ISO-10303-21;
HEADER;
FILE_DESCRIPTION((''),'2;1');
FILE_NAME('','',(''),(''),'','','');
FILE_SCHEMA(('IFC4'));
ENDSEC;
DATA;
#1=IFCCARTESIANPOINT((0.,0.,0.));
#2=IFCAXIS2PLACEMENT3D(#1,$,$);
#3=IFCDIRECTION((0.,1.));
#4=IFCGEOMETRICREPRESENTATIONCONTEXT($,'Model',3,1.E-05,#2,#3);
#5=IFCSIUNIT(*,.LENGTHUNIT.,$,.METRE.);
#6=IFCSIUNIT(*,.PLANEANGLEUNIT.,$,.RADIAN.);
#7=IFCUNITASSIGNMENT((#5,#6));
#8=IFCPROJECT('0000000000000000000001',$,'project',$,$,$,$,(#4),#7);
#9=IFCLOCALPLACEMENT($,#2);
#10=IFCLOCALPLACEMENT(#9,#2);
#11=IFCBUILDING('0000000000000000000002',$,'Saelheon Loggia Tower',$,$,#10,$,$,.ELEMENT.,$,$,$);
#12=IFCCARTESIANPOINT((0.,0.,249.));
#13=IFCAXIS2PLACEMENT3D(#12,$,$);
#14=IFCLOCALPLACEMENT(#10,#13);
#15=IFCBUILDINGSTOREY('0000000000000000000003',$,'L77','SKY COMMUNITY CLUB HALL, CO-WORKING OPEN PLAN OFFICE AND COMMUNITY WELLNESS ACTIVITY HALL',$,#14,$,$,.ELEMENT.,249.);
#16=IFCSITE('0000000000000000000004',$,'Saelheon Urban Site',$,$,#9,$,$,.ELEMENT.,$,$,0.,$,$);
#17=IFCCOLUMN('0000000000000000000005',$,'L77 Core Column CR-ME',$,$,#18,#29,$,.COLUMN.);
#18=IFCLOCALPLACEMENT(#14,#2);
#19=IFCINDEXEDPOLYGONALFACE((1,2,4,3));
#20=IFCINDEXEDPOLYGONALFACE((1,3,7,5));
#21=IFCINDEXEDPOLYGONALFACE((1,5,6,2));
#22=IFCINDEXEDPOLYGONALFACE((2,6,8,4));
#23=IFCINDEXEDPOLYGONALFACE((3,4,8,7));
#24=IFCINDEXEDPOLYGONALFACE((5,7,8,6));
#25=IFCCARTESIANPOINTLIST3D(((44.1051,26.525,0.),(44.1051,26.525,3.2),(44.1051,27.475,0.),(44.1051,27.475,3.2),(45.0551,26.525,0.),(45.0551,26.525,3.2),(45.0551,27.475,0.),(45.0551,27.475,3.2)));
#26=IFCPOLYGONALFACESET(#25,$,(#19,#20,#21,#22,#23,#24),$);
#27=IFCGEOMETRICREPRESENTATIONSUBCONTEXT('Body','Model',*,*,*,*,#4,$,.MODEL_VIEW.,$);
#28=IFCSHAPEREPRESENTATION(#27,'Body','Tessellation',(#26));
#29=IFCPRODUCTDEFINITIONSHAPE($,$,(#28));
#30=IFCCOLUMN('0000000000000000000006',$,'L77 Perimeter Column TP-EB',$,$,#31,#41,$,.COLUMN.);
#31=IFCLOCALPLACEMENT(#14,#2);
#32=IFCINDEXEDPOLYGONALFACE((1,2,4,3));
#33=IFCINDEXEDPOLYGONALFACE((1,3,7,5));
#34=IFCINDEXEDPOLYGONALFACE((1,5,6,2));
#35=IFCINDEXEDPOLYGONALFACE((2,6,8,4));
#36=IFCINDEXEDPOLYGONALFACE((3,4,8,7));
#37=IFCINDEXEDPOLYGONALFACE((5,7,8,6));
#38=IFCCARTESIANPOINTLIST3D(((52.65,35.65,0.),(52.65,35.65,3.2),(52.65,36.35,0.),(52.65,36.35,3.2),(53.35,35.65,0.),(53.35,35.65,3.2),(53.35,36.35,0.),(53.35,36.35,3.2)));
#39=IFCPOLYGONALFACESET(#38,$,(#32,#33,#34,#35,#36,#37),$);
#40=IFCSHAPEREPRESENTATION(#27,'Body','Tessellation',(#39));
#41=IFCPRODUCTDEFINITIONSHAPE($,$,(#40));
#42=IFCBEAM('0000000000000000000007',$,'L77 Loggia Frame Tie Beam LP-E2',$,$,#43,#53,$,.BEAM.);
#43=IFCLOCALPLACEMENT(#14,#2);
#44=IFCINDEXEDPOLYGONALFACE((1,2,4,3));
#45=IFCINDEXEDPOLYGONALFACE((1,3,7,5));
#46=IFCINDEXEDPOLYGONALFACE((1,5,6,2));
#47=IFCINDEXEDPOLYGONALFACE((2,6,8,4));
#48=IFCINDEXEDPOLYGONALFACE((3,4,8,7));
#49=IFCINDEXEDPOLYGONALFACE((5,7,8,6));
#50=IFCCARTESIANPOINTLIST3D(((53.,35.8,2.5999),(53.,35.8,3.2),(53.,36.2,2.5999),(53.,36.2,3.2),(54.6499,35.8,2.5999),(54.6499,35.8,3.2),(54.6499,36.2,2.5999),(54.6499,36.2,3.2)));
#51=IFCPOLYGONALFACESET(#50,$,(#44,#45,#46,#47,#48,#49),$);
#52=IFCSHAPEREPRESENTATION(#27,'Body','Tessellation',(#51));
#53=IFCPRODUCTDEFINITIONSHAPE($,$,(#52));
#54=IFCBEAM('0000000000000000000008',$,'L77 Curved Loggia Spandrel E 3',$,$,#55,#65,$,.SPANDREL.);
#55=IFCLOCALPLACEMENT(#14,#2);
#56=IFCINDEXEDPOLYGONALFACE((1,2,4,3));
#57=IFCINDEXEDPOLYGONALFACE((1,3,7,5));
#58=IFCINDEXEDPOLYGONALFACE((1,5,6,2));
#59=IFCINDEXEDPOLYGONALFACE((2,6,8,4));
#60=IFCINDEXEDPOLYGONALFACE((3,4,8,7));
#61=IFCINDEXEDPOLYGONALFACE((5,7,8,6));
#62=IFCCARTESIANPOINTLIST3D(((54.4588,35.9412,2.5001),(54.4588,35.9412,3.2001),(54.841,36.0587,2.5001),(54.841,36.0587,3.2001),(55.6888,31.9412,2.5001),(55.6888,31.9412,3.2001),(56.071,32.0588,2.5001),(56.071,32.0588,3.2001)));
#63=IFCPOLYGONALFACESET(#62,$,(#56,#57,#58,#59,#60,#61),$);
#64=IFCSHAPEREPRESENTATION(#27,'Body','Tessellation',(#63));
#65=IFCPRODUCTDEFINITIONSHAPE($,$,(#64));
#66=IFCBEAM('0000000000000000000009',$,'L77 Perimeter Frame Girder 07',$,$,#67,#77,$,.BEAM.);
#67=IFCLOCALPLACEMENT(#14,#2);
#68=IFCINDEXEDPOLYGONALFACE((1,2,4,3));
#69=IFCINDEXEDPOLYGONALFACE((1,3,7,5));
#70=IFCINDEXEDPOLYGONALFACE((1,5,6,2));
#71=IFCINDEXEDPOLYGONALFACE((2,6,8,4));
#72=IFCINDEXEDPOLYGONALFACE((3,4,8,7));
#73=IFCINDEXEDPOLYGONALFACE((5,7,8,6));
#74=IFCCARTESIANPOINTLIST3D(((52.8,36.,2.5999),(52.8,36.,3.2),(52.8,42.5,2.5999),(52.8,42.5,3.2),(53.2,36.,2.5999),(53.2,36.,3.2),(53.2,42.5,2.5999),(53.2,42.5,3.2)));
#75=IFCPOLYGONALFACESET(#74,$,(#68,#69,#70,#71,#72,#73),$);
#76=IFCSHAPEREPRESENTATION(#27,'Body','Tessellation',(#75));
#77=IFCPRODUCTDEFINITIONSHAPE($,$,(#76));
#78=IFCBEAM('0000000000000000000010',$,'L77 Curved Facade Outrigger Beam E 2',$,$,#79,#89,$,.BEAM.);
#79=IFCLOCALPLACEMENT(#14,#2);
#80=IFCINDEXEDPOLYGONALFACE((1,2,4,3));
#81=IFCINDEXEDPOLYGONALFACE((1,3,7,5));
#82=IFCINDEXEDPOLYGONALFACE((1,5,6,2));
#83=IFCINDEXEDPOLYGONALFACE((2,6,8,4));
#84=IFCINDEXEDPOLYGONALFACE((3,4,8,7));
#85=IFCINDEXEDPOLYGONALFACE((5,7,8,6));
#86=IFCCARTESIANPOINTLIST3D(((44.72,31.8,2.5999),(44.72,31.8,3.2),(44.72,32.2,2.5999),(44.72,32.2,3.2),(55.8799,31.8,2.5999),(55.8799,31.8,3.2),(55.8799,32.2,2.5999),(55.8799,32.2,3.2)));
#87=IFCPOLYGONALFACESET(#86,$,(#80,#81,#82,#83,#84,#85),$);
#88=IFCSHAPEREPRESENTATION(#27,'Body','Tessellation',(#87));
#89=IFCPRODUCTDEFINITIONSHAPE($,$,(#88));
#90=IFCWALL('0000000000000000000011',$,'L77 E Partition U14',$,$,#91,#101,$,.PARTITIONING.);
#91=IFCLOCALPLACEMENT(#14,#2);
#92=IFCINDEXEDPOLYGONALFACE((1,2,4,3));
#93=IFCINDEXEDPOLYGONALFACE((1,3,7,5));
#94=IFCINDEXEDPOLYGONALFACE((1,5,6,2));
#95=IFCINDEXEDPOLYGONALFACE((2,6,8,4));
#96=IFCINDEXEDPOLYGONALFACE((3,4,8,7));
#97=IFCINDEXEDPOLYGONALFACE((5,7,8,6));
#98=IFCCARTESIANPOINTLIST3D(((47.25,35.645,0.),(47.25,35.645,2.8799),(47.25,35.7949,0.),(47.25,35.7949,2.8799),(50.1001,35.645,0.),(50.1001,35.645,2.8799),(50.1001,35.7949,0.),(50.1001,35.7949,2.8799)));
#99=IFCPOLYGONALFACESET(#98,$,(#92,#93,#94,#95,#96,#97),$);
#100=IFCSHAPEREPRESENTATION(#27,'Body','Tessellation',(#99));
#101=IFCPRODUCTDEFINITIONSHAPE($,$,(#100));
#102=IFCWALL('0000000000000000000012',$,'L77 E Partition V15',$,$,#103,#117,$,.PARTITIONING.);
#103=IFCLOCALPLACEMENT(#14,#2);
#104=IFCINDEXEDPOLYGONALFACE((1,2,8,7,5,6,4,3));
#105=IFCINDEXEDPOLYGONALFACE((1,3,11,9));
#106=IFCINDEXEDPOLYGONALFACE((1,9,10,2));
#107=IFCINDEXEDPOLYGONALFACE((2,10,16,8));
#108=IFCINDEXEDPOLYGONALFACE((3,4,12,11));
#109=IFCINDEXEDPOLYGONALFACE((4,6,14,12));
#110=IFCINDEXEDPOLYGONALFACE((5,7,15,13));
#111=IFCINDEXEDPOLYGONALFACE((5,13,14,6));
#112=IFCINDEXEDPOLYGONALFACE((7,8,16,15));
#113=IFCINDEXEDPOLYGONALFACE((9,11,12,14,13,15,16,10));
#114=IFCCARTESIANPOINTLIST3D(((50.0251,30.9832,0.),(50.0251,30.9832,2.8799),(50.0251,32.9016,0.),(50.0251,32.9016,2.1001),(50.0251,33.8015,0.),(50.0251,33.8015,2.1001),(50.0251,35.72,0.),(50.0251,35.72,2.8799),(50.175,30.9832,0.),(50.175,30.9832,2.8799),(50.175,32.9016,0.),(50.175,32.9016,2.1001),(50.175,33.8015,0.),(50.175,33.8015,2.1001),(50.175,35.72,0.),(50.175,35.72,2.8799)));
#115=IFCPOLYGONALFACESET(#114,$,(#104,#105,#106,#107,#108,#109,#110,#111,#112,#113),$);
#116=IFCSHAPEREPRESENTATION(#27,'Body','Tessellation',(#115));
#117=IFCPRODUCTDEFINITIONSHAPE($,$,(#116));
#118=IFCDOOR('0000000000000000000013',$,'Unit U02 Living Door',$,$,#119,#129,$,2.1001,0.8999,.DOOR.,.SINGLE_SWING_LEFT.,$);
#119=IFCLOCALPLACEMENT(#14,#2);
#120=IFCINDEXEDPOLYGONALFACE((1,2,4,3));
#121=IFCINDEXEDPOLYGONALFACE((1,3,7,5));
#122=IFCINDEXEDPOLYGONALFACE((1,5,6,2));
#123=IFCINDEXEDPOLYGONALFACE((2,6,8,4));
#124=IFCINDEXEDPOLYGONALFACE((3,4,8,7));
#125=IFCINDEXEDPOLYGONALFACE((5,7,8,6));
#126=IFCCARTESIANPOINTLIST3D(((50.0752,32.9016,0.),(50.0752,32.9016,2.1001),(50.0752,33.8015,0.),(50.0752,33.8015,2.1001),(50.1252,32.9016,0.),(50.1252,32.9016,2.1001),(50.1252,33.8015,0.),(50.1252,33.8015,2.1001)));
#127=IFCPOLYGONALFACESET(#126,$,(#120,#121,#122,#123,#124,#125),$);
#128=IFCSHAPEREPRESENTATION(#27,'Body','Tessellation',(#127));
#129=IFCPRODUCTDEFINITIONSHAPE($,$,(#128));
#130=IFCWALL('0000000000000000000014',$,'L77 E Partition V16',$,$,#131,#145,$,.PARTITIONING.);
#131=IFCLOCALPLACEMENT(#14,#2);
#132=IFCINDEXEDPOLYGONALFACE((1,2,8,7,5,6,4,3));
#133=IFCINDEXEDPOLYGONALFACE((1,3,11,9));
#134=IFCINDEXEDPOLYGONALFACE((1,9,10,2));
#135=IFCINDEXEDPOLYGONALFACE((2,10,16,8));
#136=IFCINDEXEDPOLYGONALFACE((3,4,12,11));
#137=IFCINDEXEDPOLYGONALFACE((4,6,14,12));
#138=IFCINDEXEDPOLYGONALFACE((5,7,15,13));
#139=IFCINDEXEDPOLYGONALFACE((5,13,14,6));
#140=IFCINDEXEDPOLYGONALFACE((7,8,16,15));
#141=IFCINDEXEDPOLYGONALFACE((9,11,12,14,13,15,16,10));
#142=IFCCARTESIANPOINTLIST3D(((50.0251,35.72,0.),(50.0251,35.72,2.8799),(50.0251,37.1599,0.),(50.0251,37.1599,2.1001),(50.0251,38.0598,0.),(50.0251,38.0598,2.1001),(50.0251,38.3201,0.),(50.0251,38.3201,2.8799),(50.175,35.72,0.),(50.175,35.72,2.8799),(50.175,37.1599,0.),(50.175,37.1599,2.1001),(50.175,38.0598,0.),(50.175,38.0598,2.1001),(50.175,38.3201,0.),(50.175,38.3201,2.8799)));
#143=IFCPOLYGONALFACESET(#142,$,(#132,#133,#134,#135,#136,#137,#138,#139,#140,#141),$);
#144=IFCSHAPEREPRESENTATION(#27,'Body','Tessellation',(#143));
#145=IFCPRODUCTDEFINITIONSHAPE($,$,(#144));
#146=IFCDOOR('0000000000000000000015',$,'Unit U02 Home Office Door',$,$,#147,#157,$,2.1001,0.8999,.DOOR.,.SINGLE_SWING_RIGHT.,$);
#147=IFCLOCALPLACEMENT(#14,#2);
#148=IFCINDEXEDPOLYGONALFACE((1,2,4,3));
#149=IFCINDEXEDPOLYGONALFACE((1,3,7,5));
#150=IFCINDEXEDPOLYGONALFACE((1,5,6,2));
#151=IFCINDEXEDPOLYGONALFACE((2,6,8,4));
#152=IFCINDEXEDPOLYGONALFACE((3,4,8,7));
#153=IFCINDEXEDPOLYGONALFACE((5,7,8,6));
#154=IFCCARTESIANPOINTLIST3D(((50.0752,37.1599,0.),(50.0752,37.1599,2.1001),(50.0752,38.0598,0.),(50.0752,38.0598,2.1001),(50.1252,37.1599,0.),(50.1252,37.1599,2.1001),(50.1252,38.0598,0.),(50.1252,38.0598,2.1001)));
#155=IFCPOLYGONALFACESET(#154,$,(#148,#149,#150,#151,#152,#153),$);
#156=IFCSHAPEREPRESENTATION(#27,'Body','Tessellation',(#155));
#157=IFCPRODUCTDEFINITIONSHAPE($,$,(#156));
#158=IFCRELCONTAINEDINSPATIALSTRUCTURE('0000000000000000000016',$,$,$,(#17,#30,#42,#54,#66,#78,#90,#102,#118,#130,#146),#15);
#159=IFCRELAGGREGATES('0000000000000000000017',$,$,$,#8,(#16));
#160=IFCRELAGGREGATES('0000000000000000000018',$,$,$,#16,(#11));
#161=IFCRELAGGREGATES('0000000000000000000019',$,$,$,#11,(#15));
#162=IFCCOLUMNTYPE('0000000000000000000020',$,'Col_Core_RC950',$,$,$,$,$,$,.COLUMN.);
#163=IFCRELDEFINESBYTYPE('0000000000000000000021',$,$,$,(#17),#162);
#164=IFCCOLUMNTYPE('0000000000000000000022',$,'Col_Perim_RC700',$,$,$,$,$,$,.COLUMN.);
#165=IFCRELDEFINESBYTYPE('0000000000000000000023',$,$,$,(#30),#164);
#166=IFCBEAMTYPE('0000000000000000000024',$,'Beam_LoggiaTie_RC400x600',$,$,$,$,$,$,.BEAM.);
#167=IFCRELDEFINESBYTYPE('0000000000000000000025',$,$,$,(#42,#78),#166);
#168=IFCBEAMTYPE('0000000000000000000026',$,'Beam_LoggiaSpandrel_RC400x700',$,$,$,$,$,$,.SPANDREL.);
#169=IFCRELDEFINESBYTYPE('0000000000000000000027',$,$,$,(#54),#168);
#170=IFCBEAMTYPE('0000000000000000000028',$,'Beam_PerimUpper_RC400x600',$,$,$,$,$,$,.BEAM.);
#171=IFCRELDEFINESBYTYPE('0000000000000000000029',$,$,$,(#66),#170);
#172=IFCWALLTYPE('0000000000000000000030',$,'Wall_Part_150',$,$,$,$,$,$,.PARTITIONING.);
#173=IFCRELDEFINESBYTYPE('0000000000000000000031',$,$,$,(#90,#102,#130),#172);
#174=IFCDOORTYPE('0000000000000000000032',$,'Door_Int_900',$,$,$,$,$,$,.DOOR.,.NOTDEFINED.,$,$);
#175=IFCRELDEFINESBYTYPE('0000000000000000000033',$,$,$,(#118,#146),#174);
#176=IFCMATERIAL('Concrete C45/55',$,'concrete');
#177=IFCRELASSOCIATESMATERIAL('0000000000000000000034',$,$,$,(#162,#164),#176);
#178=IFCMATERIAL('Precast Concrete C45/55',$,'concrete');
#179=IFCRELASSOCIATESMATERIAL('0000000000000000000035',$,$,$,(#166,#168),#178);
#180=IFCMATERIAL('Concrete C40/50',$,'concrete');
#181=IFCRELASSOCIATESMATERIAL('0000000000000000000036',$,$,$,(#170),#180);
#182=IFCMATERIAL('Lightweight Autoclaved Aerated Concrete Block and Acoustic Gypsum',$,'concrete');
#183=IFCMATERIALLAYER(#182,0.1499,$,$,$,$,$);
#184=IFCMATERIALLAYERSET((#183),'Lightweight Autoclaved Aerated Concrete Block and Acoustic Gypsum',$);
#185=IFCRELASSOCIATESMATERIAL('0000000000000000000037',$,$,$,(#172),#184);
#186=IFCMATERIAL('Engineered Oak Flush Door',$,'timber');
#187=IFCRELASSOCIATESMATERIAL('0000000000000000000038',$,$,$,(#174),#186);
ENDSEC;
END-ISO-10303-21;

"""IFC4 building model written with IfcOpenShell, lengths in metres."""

from ifc_helpers import new_model, si_unit, direction, frame, frame_2d, origin, origin_2d, place, context, subcontext, project, spatial, rectangle, extrude, source, transform, mapped, material, layer, layer_set, material_profile, profile_set, type_object, element, fill, save


model = new_model("IFC4")

# Units and contexts
model_context = context("Model", 3, precision=1e-05, world=origin(), true_north=direction((0.0, 1.0)))
body_context = subcontext(model_context, "Body", "Model", "MODEL_VIEW")
ifc_project = project(units=[si_unit("LENGTHUNIT", "METRE"), si_unit("PLANEANGLEUNIT", "RADIAN")], contexts=[model_context])

# Site, building, storey
site_placement = place(None, origin())
site = spatial("IfcSite", under=ifc_project, at=site_placement, Name="Saelheon Urban Site", CompositionType="ELEMENT", RefElevation=0.0)
building_placement = place(site_placement, origin())
building = spatial("IfcBuilding", under=site, at=building_placement, Name="Saelheon Loggia Tower", CompositionType="ELEMENT")
storey_placement = place(building_placement, frame((0.0, 0.0, 249.0)))
storey = spatial("IfcBuildingStorey", under=building, at=storey_placement, Name="L77", Description="SKY COMMUNITY CLUB HALL, CO-WORKING OPEN PLAN OFFICE AND COMMUNITY WELLNESS ACTIVITY HALL", CompositionType="ELEMENT", Elevation=249.0)

# Columns
ifc_material_1 = material(Name="Concrete C45/55", Category="concrete")
ifc_material_profile_1 = material_profile(ifc_material_1, rectangle(XDim=0.95, YDim=0.95, at=origin_2d()), Name="RC-950x950")
ifc_profile_set_1 = profile_set([ifc_material_profile_1], Name="Concrete C45/55")
column_type_1 = type_object("IfcColumnType", Name="Col_Core_RC950", PredefinedType="COLUMN", material=ifc_profile_set_1)
shared_shape_1 = source(origin(), body_context, "Body", "SweptSolid", [
    extrude(rectangle(XDim=0.95, YDim=0.95, at=origin_2d()), origin(), (0.0, 0.0, 1.0), 3.2),
])
column_1_placement = place(storey_placement, frame((44.5801, 27.0, 0.0), z_axis=(0.0, 0.0, 1.0), x_axis=(1.0, 0.0, 0.0)))
element("IfcColumn", 1, at=column_1_placement, inside=storey, type_object=column_type_1, Name="L77 Core Column CR-ME", PredefinedType="COLUMN", context=body_context, shape_type="MappedRepresentation", body=[
    mapped(shared_shape_1, transform((0.0, 0.0, 0.0), scale=1.0)),
])
ifc_material_profile_2 = material_profile(ifc_material_1, rectangle(XDim=0.7, YDim=0.7, at=origin_2d()), Name="RC-700x700")
ifc_profile_set_2 = profile_set([ifc_material_profile_2], Name="Concrete C45/55")
column_type_2 = type_object("IfcColumnType", Name="Col_Perim_RC700", PredefinedType="COLUMN", material=ifc_profile_set_2)
shared_shape_2 = source(origin(), body_context, "Body", "SweptSolid", [
    extrude(rectangle(XDim=0.7, YDim=0.7, at=origin_2d()), origin(), (0.0, 0.0, 1.0), 3.2),
])
column_2_placement = place(storey_placement, frame((53.0, 36.0, 0.0), z_axis=(0.0, 0.0, 1.0), x_axis=(1.0, 0.0, 0.0)))
element("IfcColumn", 2, at=column_2_placement, inside=storey, type_object=column_type_2, Name="L77 Perimeter Column TP-EB", PredefinedType="COLUMN", context=body_context, shape_type="MappedRepresentation", body=[
    mapped(shared_shape_2, transform((0.0, 0.0, 0.0), scale=1.0)),
])

# Beams
ifc_material_2 = material(Name="Precast Concrete C45/55", Category="concrete")
ifc_material_profile_3 = material_profile(ifc_material_2, rectangle(XDim=0.3999, YDim=0.6001, at=origin_2d()), Name="RC-400x600")
ifc_profile_set_3 = profile_set([ifc_material_profile_3], Name="Precast Concrete C45/55")
beam_type_1 = type_object("IfcBeamType", Name="Beam_LoggiaTie_RC400x600", PredefinedType="BEAM", material=ifc_profile_set_3)
shared_shape_3 = source(origin(), body_context, "Body", "SweptSolid", [
    extrude(rectangle(XDim=0.3999, YDim=0.6001, at=origin_2d()), origin(), (0.0, 0.0, 1.0), 1.6499),
])
beam_1_placement = place(storey_placement, frame((53.0, 36.0, 2.8999), z_axis=(1.0, 0.0, 0.0), x_axis=(0.0, 1.0, 0.0)))
element("IfcBeam", 3, at=beam_1_placement, inside=storey, type_object=beam_type_1, Name="L77 Loggia Frame Tie Beam LP-E2", PredefinedType="BEAM", context=body_context, shape_type="MappedRepresentation", body=[
    mapped(shared_shape_3, transform((0.0, 0.0, 0.0), scale=1.0)),
])
ifc_material_profile_4 = material_profile(ifc_material_2, rectangle(XDim=0.3999, YDim=0.7, at=origin_2d()), Name="RC-400x700")
ifc_profile_set_4 = profile_set([ifc_material_profile_4], Name="Precast Concrete C45/55")
beam_type_2 = type_object("IfcBeamType", Name="Beam_LoggiaSpandrel_RC400x700", PredefinedType="SPANDREL", material=ifc_profile_set_4)
shared_shape_4 = source(origin(), body_context, "Body", "SweptSolid", [
    extrude(rectangle(XDim=0.3999, YDim=0.7, at=origin_2d()), origin(), (0.0, 0.0, 1.0), 4.1848),
])
beam_2_placement = place(storey_placement, frame((55.8799, 32.0, 2.8501), z_axis=(-0.293914, 0.955832, 0.0), x_axis=(-0.955832, -0.293914, 0.0)))
element("IfcBeam", 4, at=beam_2_placement, inside=storey, type_object=beam_type_2, Name="L77 Curved Loggia Spandrel E 3", PredefinedType="SPANDREL", context=body_context, shape_type="MappedRepresentation", body=[
    mapped(shared_shape_4, transform((0.0, 0.0, 0.0), scale=1.0)),
])
ifc_material_3 = material(Name="Concrete C40/50", Category="concrete")
ifc_material_profile_5 = material_profile(ifc_material_3, rectangle(XDim=0.3999, YDim=0.6001, at=origin_2d()), Name="RC-400x600")
ifc_profile_set_5 = profile_set([ifc_material_profile_5], Name="Concrete C40/50")
beam_type_3 = type_object("IfcBeamType", Name="Beam_PerimUpper_RC400x600", PredefinedType="BEAM", material=ifc_profile_set_5)
shared_shape_5 = source(origin(), body_context, "Body", "SweptSolid", [
    extrude(rectangle(XDim=0.3999, YDim=0.6001, at=origin_2d()), origin(), (0.0, 0.0, 1.0), 6.5),
])
beam_3_placement = place(storey_placement, frame((53.0, 36.0, 2.8999), z_axis=(0.0, 1.0, 0.0), x_axis=(-1.0, 0.0, 0.0)))
element("IfcBeam", 5, at=beam_3_placement, inside=storey, type_object=beam_type_3, Name="L77 Perimeter Frame Girder 07", PredefinedType="BEAM", context=body_context, shape_type="MappedRepresentation", body=[
    mapped(shared_shape_5, transform((0.0, 0.0, 0.0), scale=1.0)),
])
shared_shape_6 = source(origin(), body_context, "Body", "SweptSolid", [
    extrude(rectangle(XDim=0.3999, YDim=0.6001, at=origin_2d()), origin(), (0.0, 0.0, 1.0), 11.1599),
])
beam_4_placement = place(storey_placement, frame((44.72, 32.0, 2.8999), z_axis=(1.0, 0.0, 0.0), x_axis=(0.0, 1.0, 0.0)))
element("IfcBeam", 6, at=beam_4_placement, inside=storey, type_object=beam_type_1, Name="L77 Curved Facade Outrigger Beam E 2", PredefinedType="BEAM", context=body_context, shape_type="MappedRepresentation", body=[
    mapped(shared_shape_6, transform((0.0, 0.0, 0.0), scale=1.0)),
])

# Wall
ifc_material_4 = material(Name="Lightweight Autoclaved Aerated Concrete Block and Acoustic Gypsum", Category="concrete")
ifc_layer_1 = layer(ifc_material_4, 0.1499)
ifc_layer_set_1 = layer_set([ifc_layer_1], Name="Lightweight Autoclaved Aerated Concrete Block and Acoustic Gypsum")
wall_type_1 = type_object("IfcWallType", Name="Wall_Part_150", PredefinedType="PARTITIONING", material=ifc_layer_set_1)
wall_1_placement = place(storey_placement, frame((47.25, 35.72, 0.0), z_axis=(0.0, 0.0, 1.0), x_axis=(1.0, 0.0, 0.0)))
element("IfcWall", 7, at=wall_1_placement, inside=storey, type_object=wall_type_1, Name="L77 E Partition U14", PredefinedType="PARTITIONING", context=body_context, shape_type="SweptSolid", body=[
    extrude(rectangle(XDim=2.8501, YDim=0.1499, at=frame_2d((1.425, 0.0))), origin(), (0.0, 0.0, 1.0), 2.8799),
])

# Walls, openings, doors
wall_2_placement = place(storey_placement, frame((50.1001, 30.9832, 0.0), z_axis=(0.0, 0.0, 1.0), x_axis=(0.0, 1.0, 0.0)))
wall_2 = element("IfcWall", 8, at=wall_2_placement, inside=storey, type_object=wall_type_1, Name="L77 E Partition V15", PredefinedType="PARTITIONING", context=body_context, shape_type="SweptSolid", body=[
    extrude(rectangle(XDim=4.7368, YDim=0.1499, at=frame_2d((2.3684, 0.0))), origin(), (0.0, 0.0, 1.0), 2.8799),
])
opening_1_placement = place(wall_2_placement, frame((1.9185, 0.0, 0.0)))
opening_1 = element("IfcOpeningElement", 9, at=opening_1_placement, cuts=wall_2, PredefinedType="OPENING", context=body_context, shape_type="SweptSolid", body=[
    extrude(rectangle(XDim=0.8999, YDim=2.1001, at=frame_2d((0.45, 1.05))), frame((0.0, 0.0869, 0.0), z_axis=(0.0, -1.0, 0.0), x_axis=(1.0, 0.0, 0.0)), (0.0, 0.0, 1.0), 0.1738),
])
ifc_material_5 = material(Name="Engineered Oak Flush Door", Category="timber")
door_type_1 = type_object("IfcDoorType", Name="Door_Int_900", OperationType="NOTDEFINED", PredefinedType="DOOR", material=ifc_material_5)
shared_shape_7 = source(origin(), body_context, "Body", "SweptSolid", [
    extrude(rectangle(XDim=0.8999, YDim=2.1001, at=frame_2d((0.45, 1.05))), frame((0.0, 0.0249, 0.0), z_axis=(0.0, -1.0, 0.0), x_axis=(1.0, 0.0, 0.0)), (0.0, 0.0, 1.0), 0.05),
])
door_1_placement = place(opening_1_placement, origin())
door_1 = element("IfcDoor", 10, at=door_1_placement, inside=storey, type_object=door_type_1, Name="Unit U02 Living Door", OperationType="SINGLE_SWING_LEFT", OverallHeight=2.1001, OverallWidth=0.8999, PredefinedType="DOOR", context=body_context, shape_type="MappedRepresentation", body=[
    mapped(shared_shape_7, transform((0.0, 0.0, 0.0), scale=1.0)),
])
fill(opening_1, door_1)
wall_3_placement = place(storey_placement, frame((50.1001, 35.72, 0.0), z_axis=(0.0, 0.0, 1.0), x_axis=(0.0, 1.0, 0.0)))
wall_3 = element("IfcWall", 11, at=wall_3_placement, inside=storey, type_object=wall_type_1, Name="L77 E Partition V16", PredefinedType="PARTITIONING", context=body_context, shape_type="SweptSolid", body=[
    extrude(rectangle(XDim=2.6001, YDim=0.1499, at=frame_2d((1.3, 0.0))), origin(), (0.0, 0.0, 1.0), 2.8799),
])
opening_2_placement = place(wall_3_placement, frame((1.4399, 0.0, 0.0)))
opening_2 = element("IfcOpeningElement", 12, at=opening_2_placement, cuts=wall_3, PredefinedType="OPENING", context=body_context, shape_type="SweptSolid", body=[
    extrude(rectangle(XDim=0.8999, YDim=2.1001, at=frame_2d((0.45, 1.05))), frame((0.0, 0.0869, 0.0), z_axis=(0.0, -1.0, 0.0), x_axis=(1.0, 0.0, 0.0)), (0.0, 0.0, 1.0), 0.1738),
])
door_2_placement = place(opening_2_placement, origin())
door_2 = element("IfcDoor", 13, at=door_2_placement, inside=storey, type_object=door_type_1, Name="Unit U02 Home Office Door", OperationType="SINGLE_SWING_RIGHT", OverallHeight=2.1001, OverallWidth=0.8999, PredefinedType="DOOR", context=body_context, shape_type="MappedRepresentation", body=[
    mapped(shared_shape_7, transform((0.0, 0.0, 0.0), scale=1.0)),
])
fill(opening_2, door_2)

save(model, "model.ifc")
